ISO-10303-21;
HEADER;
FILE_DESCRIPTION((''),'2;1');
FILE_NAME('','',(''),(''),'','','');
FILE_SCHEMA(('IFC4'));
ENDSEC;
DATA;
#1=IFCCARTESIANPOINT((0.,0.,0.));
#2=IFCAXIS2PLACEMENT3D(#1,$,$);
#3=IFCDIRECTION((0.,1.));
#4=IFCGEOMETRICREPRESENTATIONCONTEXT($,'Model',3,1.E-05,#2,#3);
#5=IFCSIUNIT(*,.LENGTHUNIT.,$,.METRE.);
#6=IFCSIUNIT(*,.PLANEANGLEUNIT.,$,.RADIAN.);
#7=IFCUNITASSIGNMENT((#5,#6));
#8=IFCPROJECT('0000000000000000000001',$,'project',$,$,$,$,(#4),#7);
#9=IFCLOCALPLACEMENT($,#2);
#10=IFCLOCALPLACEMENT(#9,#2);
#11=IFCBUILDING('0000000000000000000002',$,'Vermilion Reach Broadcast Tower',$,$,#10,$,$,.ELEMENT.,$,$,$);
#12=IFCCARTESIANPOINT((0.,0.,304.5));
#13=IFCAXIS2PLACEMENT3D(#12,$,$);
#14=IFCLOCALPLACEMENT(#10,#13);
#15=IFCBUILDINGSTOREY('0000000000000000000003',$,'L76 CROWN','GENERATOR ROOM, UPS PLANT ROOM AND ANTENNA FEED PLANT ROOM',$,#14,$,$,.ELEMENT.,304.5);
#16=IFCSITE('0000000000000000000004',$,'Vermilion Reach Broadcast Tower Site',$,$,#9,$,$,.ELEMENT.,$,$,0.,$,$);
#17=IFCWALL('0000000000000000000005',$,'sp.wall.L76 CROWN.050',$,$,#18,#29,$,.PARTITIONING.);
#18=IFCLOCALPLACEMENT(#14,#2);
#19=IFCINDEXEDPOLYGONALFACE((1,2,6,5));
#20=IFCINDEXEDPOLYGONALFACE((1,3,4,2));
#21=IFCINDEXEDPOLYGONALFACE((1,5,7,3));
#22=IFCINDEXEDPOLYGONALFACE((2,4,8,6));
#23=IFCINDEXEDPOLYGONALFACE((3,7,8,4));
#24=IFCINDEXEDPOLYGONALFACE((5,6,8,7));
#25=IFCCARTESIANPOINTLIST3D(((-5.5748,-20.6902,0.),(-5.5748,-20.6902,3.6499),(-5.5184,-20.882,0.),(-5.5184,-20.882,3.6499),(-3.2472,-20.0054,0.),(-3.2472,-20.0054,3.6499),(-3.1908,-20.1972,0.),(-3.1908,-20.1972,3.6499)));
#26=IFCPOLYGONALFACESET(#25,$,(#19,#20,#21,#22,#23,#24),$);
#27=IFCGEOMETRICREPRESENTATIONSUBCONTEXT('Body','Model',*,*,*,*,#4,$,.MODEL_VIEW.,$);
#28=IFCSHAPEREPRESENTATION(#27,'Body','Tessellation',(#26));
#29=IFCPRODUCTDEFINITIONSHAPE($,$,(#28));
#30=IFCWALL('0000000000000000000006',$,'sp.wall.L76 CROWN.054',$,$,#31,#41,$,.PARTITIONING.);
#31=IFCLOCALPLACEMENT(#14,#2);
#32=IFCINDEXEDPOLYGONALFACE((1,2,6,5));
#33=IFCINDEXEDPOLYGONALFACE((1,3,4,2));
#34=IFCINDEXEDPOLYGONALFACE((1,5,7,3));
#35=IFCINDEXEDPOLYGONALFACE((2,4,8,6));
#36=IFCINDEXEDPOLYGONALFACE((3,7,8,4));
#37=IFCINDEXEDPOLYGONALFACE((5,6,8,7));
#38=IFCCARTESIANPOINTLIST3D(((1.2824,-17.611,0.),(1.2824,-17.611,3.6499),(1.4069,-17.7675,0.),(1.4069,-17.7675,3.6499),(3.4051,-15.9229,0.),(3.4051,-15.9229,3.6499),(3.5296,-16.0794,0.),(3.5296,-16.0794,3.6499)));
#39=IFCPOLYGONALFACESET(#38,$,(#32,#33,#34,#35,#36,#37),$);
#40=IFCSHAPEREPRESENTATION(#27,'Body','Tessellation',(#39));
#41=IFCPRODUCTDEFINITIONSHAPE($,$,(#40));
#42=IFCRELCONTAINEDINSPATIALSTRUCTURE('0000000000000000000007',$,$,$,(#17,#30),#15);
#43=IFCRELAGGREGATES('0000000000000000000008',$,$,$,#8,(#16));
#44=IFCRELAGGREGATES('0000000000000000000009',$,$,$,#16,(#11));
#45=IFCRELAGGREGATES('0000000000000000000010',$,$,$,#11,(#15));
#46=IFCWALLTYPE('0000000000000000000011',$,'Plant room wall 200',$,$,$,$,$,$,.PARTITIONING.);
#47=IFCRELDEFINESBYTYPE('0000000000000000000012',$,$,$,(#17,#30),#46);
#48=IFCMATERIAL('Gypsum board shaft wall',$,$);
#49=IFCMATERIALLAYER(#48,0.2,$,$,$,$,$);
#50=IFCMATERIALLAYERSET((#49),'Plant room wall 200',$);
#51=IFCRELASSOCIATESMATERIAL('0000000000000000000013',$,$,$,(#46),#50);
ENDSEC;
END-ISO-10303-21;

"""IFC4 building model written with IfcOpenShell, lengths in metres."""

from ifc_helpers import new_model, si_unit, direction, frame, frame_2d, origin, place, context, subcontext, project, spatial, rectangle, extrude, material, layer, layer_set, type_object, element, save


model = new_model("IFC4")

# Units and contexts
model_context = context("Model", 3, precision=1e-05, world=origin(), true_north=direction((0.0, 1.0)))
body_context = subcontext(model_context, "Body", "Model", "MODEL_VIEW")
ifc_project = project(units=[si_unit("LENGTHUNIT", "METRE"), si_unit("PLANEANGLEUNIT", "RADIAN")], contexts=[model_context])

# Site, building, storey
site_placement = place(None, origin())
site = spatial("IfcSite", under=ifc_project, at=site_placement, Name="Vermilion Reach Broadcast Tower Site", CompositionType="ELEMENT", RefElevation=0.0)
building_placement = place(site_placement, origin())
building = spatial("IfcBuilding", under=site, at=building_placement, Name="Vermilion Reach Broadcast Tower", CompositionType="ELEMENT")
storey_placement = place(building_placement, frame((0.0, 0.0, 304.5)))
storey = spatial("IfcBuildingStorey", under=building, at=storey_placement, Name="L76 CROWN", Description="GENERATOR ROOM, UPS PLANT ROOM AND ANTENNA FEED PLANT ROOM", CompositionType="ELEMENT", Elevation=304.5)

# Walls
ifc_material_1 = material(Name="Gypsum board shaft wall")
ifc_layer_1 = layer(ifc_material_1, 0.2)
ifc_layer_set_1 = layer_set([ifc_layer_1], Name="Plant room wall 200")
wall_type_1 = type_object("IfcWallType", Name="Plant room wall 200", PredefinedType="PARTITIONING", material=ifc_layer_set_1)
wall_1_placement = place(storey_placement, frame((-5.5466, -20.7861, 0.0), z_axis=(0.0, 0.0, 1.0), x_axis=(0.959341, 0.282248, 0.0)))
element("IfcWall", 1, at=wall_1_placement, inside=storey, type_object=wall_type_1, Name="sp.wall.L76 CROWN.050", PredefinedType="PARTITIONING", context=body_context, shape_type="SweptSolid", body=[
    extrude(rectangle(XDim=2.4263, YDim=0.2, at=frame_2d((1.2131, 0.0))), origin(), (0.0, 0.0, 1.0), 3.6499),
])
wall_2_placement = place(storey_placement, frame((1.3447, -17.6892, 0.0), z_axis=(0.0, 0.0, 1.0), x_axis=(0.782666, 0.622442, 0.0)))
element("IfcWall", 2, at=wall_2_placement, inside=storey, type_object=wall_type_1, Name="sp.wall.L76 CROWN.054", PredefinedType="PARTITIONING", context=body_context, shape_type="SweptSolid", body=[
    extrude(rectangle(XDim=2.7122, YDim=0.2, at=frame_2d((1.356, 0.0))), origin(), (0.0, 0.0, 1.0), 3.6499),
])

save(model, "model.ifc")
